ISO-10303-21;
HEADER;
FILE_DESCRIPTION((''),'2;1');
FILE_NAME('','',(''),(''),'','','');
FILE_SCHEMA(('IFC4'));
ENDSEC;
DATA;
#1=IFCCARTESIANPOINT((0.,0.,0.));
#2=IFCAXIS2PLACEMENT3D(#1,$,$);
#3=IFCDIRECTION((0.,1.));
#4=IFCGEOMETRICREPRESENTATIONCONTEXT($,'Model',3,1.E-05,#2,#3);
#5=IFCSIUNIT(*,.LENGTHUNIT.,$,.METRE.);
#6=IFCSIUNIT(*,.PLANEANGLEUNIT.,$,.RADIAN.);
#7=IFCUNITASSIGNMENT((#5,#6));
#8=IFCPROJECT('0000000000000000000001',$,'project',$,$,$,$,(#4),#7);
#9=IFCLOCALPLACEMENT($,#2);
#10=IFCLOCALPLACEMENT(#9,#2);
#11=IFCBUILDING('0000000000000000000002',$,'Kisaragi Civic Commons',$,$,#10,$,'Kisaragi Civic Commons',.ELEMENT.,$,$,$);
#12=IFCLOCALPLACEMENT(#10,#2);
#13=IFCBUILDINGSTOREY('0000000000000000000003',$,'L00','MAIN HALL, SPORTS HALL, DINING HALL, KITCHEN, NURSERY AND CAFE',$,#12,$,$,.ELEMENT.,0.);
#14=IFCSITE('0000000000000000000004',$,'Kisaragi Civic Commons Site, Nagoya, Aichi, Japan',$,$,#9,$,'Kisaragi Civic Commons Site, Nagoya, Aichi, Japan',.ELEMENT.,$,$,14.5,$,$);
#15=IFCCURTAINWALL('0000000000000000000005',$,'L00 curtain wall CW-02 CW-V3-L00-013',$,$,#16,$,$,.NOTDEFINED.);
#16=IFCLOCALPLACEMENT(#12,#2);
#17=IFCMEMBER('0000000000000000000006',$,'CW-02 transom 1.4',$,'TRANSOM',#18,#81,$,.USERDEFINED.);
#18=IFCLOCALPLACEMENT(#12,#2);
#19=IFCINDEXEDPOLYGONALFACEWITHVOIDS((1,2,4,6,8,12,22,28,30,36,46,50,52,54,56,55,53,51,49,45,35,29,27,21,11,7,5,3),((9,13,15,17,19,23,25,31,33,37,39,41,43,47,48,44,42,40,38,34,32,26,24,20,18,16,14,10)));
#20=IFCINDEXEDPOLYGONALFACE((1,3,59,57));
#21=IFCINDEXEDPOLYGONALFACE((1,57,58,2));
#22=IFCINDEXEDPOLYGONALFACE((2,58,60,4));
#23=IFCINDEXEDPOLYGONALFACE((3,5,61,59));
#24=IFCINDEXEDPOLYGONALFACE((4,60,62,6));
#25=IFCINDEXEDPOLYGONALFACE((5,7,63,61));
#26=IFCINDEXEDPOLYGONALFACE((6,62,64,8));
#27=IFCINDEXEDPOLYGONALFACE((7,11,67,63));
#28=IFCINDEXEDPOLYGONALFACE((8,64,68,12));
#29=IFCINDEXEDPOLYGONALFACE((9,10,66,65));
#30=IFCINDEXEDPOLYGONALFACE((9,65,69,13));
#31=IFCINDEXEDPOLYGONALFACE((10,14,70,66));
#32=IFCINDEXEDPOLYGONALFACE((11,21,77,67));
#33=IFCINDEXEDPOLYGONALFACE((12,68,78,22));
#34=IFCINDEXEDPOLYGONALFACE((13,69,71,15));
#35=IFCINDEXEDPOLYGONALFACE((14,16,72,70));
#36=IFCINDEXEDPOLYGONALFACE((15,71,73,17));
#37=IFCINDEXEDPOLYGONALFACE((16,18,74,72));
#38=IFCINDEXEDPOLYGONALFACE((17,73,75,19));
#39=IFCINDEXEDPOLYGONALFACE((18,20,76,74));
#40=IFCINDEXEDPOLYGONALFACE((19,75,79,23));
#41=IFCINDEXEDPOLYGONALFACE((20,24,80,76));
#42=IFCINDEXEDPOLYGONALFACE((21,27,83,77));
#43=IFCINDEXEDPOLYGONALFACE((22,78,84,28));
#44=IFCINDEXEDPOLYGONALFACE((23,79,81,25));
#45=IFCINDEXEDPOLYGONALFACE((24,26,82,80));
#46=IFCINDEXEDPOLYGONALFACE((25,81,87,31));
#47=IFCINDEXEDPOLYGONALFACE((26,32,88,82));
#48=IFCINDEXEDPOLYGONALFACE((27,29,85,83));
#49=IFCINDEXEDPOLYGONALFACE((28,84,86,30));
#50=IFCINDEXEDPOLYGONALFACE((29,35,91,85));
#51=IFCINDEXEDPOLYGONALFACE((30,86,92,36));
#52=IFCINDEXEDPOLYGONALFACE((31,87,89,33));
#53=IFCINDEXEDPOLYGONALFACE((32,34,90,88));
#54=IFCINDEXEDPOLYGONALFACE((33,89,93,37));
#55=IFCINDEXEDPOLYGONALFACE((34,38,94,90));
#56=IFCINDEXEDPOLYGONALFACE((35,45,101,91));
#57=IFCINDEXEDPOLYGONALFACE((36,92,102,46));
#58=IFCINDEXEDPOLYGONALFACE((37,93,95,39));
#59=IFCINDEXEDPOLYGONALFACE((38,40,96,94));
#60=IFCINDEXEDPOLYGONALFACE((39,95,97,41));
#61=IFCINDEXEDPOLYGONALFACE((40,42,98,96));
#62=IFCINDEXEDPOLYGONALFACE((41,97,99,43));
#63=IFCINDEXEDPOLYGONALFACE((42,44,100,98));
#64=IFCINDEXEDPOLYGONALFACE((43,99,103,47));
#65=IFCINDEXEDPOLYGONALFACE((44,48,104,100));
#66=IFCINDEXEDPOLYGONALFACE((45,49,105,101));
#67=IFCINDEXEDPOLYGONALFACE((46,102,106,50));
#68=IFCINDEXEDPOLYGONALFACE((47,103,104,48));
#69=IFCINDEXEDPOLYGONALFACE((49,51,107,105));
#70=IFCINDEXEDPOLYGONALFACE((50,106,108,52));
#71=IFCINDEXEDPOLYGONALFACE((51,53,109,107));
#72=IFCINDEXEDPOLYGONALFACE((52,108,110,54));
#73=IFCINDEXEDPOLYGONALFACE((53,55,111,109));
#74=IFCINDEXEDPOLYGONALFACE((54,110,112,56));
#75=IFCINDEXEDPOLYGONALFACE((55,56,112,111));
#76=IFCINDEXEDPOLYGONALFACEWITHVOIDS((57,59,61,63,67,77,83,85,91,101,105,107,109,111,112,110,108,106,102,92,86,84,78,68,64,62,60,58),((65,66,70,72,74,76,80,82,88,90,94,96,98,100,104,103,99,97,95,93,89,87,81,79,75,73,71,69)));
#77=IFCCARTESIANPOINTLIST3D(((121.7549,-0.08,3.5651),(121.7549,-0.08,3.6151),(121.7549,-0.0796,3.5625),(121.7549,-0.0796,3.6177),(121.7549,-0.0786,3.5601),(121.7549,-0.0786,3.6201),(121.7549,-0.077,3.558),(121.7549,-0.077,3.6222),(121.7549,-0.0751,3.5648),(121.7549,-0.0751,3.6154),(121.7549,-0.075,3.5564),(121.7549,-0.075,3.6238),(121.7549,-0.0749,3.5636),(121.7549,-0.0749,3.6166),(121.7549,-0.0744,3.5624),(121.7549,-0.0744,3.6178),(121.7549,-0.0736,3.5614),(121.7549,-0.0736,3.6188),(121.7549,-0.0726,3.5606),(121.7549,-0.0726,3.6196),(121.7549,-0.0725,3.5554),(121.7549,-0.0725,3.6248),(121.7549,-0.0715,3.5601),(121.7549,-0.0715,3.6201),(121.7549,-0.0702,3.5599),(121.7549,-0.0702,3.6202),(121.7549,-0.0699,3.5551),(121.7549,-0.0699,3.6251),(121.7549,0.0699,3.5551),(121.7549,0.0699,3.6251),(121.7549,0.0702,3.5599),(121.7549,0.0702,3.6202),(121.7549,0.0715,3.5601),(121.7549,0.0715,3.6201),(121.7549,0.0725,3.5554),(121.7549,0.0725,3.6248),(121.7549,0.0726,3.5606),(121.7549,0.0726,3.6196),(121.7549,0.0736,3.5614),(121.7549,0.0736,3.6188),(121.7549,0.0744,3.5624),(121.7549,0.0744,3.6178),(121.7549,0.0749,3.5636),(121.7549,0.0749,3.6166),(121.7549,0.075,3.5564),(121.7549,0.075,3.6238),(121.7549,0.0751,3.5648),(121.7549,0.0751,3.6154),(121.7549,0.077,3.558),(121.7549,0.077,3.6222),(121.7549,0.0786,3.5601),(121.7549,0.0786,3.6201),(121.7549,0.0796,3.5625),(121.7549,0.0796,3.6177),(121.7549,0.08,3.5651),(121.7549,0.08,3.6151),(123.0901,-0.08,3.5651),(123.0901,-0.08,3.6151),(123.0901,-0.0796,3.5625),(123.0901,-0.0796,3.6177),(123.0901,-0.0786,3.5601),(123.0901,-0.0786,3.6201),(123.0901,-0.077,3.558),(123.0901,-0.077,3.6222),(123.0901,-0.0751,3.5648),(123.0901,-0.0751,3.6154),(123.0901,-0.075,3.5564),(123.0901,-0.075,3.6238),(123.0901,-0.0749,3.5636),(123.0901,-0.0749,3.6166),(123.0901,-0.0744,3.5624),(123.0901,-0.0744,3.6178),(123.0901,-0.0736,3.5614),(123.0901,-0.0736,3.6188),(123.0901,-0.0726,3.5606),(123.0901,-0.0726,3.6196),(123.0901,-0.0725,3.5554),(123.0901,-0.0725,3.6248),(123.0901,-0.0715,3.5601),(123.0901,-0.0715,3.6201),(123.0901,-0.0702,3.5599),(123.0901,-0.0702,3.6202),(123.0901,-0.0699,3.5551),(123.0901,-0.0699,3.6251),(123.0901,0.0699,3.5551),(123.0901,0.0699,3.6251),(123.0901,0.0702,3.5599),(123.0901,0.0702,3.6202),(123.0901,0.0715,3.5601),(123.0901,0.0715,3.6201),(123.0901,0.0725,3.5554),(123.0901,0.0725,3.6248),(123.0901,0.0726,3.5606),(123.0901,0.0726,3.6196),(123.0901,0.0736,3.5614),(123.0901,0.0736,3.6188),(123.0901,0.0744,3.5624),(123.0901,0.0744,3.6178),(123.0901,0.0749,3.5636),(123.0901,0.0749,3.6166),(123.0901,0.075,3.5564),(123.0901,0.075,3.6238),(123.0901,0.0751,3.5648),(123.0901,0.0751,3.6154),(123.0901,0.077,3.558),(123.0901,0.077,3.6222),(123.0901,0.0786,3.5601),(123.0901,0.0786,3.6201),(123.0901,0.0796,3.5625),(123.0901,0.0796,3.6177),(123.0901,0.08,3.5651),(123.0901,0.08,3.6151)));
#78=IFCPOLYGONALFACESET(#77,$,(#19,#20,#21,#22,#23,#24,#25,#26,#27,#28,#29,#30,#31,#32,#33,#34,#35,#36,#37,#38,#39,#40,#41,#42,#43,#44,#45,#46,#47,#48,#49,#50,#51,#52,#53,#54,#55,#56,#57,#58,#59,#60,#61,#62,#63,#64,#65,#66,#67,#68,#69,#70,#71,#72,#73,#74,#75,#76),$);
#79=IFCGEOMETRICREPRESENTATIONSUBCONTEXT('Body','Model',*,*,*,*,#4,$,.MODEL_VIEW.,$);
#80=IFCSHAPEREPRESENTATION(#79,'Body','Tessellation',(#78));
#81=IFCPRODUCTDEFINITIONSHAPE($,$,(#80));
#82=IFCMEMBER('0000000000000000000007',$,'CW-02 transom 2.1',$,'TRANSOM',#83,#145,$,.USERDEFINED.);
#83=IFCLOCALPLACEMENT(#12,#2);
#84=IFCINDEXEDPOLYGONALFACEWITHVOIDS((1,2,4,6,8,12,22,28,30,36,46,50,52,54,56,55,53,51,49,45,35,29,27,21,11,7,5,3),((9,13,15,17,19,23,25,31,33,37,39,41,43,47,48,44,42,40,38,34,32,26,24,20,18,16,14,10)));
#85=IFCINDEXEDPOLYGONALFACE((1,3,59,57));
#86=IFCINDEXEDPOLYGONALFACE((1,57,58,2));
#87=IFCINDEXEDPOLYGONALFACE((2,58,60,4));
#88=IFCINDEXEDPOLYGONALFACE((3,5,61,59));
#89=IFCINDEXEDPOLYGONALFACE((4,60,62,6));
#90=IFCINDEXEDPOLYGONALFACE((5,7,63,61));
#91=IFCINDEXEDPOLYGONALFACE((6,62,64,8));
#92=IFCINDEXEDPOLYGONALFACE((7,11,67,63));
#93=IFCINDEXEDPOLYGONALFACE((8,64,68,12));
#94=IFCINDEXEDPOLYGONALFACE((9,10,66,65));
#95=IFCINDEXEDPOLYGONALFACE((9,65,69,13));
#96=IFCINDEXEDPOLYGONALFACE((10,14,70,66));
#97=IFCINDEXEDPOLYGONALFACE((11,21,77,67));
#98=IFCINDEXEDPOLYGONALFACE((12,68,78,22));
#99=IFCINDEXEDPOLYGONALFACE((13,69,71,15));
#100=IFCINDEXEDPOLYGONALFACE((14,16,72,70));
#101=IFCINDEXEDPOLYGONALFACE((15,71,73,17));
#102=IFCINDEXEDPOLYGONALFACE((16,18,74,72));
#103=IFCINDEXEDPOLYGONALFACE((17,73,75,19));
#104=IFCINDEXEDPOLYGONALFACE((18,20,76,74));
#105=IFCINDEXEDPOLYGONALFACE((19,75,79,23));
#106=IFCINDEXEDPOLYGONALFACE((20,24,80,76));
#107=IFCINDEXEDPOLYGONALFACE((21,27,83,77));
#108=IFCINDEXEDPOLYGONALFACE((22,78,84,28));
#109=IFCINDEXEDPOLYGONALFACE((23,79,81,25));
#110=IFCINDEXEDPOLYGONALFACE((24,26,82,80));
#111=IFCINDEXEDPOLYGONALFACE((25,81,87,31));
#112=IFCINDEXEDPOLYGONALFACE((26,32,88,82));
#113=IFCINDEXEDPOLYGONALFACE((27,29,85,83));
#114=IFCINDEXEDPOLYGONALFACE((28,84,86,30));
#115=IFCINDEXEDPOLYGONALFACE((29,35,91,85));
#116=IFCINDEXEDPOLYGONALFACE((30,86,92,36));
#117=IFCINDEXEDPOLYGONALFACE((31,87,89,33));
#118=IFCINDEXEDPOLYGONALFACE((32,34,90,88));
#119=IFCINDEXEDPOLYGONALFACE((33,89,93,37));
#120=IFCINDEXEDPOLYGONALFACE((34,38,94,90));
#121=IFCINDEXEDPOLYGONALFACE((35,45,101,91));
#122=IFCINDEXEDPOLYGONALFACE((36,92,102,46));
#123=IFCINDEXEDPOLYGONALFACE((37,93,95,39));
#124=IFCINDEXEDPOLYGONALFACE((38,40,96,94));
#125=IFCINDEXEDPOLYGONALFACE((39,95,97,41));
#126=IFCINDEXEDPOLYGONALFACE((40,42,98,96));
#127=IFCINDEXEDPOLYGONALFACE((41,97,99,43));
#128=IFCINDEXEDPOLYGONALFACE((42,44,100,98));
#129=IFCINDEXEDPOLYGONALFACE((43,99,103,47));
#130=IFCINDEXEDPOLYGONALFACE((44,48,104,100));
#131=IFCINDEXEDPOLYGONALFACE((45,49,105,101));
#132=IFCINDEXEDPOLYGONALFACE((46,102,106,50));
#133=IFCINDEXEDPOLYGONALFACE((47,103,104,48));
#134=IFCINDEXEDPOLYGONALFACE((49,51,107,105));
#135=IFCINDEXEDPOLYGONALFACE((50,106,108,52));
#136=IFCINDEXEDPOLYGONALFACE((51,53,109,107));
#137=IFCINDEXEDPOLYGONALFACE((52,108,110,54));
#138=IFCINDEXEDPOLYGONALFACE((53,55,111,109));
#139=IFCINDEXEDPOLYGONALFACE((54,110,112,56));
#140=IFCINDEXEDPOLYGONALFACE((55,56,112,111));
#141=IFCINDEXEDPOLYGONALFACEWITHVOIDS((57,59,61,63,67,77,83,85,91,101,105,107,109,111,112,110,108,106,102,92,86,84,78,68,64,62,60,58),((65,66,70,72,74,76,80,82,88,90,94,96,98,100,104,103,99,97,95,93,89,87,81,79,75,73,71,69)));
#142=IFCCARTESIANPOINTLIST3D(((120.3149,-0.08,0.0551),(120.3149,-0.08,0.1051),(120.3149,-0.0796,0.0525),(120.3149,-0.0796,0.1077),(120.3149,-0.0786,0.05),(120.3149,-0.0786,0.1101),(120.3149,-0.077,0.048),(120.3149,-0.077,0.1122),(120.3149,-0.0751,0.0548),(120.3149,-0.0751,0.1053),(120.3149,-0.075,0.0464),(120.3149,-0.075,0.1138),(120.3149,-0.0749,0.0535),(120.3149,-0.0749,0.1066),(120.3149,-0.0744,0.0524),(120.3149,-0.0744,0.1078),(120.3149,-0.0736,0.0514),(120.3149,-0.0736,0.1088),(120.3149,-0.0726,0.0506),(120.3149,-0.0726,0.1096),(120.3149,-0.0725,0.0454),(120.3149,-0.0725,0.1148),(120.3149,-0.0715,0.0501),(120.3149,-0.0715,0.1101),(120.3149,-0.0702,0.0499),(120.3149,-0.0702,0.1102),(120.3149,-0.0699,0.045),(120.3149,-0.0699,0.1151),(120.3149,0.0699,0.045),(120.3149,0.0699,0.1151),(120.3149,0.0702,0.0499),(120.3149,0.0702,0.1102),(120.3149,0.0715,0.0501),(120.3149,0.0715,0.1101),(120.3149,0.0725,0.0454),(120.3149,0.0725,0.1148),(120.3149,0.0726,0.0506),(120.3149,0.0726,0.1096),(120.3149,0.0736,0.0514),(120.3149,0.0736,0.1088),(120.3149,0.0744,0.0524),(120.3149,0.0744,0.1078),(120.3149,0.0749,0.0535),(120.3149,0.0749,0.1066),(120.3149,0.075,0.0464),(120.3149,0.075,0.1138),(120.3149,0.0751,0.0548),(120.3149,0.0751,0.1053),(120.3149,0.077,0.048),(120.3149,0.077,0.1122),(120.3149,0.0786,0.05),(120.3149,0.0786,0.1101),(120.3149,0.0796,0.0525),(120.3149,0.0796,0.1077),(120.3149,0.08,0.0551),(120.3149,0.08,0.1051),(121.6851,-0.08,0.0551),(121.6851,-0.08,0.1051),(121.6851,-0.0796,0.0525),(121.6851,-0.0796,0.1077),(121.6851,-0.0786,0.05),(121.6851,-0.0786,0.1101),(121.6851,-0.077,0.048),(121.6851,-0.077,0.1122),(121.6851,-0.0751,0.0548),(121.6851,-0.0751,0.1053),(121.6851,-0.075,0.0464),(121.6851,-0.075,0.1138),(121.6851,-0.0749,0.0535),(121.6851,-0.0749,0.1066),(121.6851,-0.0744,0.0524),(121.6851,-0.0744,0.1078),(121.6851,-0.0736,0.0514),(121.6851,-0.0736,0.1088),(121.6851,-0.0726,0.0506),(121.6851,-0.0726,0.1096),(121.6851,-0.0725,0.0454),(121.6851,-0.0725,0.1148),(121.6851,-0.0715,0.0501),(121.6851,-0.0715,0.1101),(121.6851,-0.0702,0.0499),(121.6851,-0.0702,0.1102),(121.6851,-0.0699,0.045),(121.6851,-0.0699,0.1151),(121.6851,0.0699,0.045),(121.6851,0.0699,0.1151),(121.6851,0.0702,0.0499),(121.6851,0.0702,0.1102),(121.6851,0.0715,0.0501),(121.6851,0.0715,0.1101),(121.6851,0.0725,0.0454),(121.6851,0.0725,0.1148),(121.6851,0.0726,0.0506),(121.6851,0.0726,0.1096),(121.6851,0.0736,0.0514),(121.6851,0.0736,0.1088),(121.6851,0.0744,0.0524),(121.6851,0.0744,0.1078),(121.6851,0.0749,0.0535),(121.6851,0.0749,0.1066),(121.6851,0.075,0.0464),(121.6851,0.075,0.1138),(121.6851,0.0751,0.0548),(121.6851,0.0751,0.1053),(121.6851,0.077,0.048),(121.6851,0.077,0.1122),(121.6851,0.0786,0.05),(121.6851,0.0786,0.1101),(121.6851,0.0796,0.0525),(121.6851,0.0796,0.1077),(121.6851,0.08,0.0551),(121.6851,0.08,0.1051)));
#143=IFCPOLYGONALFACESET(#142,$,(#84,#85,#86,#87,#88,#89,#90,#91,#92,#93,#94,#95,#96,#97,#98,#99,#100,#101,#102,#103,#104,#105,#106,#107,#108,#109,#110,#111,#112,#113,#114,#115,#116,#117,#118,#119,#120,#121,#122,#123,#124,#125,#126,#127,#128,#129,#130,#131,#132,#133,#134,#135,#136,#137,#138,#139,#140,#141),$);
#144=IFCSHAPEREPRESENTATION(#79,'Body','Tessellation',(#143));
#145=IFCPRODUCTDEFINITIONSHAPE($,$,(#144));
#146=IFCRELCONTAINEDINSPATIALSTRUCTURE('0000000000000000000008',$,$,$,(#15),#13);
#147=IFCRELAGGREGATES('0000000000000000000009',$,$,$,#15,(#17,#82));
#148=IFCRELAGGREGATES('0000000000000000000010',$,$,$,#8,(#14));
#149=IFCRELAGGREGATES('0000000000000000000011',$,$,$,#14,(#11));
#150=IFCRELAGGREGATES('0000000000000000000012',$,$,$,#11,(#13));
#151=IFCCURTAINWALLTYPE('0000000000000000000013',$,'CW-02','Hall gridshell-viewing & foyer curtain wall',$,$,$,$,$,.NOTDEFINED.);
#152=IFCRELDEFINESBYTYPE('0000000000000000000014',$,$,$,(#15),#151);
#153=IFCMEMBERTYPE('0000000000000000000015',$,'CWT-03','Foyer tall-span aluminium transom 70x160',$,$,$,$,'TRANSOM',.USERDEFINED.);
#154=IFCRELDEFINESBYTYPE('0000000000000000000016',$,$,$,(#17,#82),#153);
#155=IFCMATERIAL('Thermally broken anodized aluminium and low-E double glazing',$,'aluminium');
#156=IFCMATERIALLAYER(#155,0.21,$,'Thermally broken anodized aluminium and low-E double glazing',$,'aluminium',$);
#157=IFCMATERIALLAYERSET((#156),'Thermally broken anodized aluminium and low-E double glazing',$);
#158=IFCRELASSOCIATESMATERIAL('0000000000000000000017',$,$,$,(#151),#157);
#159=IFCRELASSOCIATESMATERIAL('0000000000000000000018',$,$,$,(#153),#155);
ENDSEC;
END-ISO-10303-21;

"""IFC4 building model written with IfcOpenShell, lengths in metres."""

from ifc_helpers import new_model, si_unit, direction, frame, origin, origin_2d, place, context, subcontext, project, spatial, hollow_rectangle, extrude, material, layer, layer_set, material_profile, profile_set, type_object, element, aggregate, save


model = new_model("IFC4")

# Units and contexts
model_context = context("Model", 3, precision=1e-05, world=origin(), true_north=direction((0.0, 1.0)))
body_context = subcontext(model_context, "Body", "Model", "MODEL_VIEW")
ifc_project = project(units=[si_unit("LENGTHUNIT", "METRE"), si_unit("PLANEANGLEUNIT", "RADIAN")], contexts=[model_context])

# Site, building, storey
site_placement = place(None, origin())
site = spatial("IfcSite", under=ifc_project, at=site_placement, Name="Kisaragi Civic Commons Site, Nagoya, Aichi, Japan", LongName="Kisaragi Civic Commons Site, Nagoya, Aichi, Japan", CompositionType="ELEMENT", RefElevation=14.5)
building_placement = place(site_placement, origin())
building = spatial("IfcBuilding", under=site, at=building_placement, Name="Kisaragi Civic Commons", LongName="Kisaragi Civic Commons", CompositionType="ELEMENT")
storey_placement = place(building_placement, origin())
storey = spatial("IfcBuildingStorey", under=building, at=storey_placement, Name="L00", Description="MAIN HALL, SPORTS HALL, DINING HALL, KITCHEN, NURSERY AND CAFE", CompositionType="ELEMENT", Elevation=0.0)

# Curtain wall, members
ifc_material_1 = material(Name="Thermally broken anodized aluminium and low-E double glazing", Category="aluminium")
ifc_layer_1 = layer(ifc_material_1, 0.21, Name="Thermally broken anodized aluminium and low-E double glazing", Category="aluminium")
ifc_layer_set_1 = layer_set([ifc_layer_1], Name="Thermally broken anodized aluminium and low-E double glazing")
curtain_wall_type = type_object("IfcCurtainWallType", Name="CW-02", Description="Hall gridshell-viewing & foyer curtain wall", PredefinedType="NOTDEFINED", material=ifc_layer_set_1)
curtain_wall_placement = place(storey_placement, origin())
curtain_wall = element("IfcCurtainWall", 1, at=curtain_wall_placement, inside=storey, type_object=curtain_wall_type, Name="L00 curtain wall CW-02 CW-V3-L00-013", PredefinedType="NOTDEFINED")
ifc_material_profile_1 = material_profile(ifc_material_1, hollow_rectangle(XDim=0.1599, YDim=0.0701, WallThickness=0.0049, InnerFilletRadius=0.0049, OuterFilletRadius=0.01, at=origin_2d()), Name="CWT-70x160x5", Category="aluminium")
ifc_profile_set_1 = profile_set([ifc_material_profile_1], Name="Thermally broken anodized aluminium and low-E double glazing")
member_type_1 = type_object("IfcMemberType", Name="CWT-03", Description="Foyer tall-span aluminium transom 70x160", ElementType="TRANSOM", PredefinedType="USERDEFINED", material=ifc_profile_set_1)
member_1_placement = place(storey_placement, frame((123.0901, 0.0, 3.5901), z_axis=(-1.0, 0.0, 0.0), x_axis=(0.0, -1.0, 0.0)))
member_1 = element("IfcMember", 2, at=member_1_placement, type_object=member_type_1, Name="CW-02 transom 1.4", ObjectType="TRANSOM", PredefinedType="USERDEFINED", context=body_context, shape_type="SweptSolid", body=[
    extrude(hollow_rectangle(XDim=0.1599, YDim=0.0701, WallThickness=0.0049, InnerFilletRadius=0.0049, OuterFilletRadius=0.01, at=origin_2d()), origin(), (0.0, 0.0, 1.0), 1.3352),
])
member_2_placement = place(storey_placement, frame((121.6851, 0.0, 0.0801), z_axis=(-1.0, 0.0, 0.0), x_axis=(0.0, -1.0, 0.0)))
member_2 = element("IfcMember", 3, at=member_2_placement, type_object=member_type_1, Name="CW-02 transom 2.1", ObjectType="TRANSOM", PredefinedType="USERDEFINED", context=body_context, shape_type="SweptSolid", body=[
    extrude(hollow_rectangle(XDim=0.1599, YDim=0.0701, WallThickness=0.0049, InnerFilletRadius=0.0049, OuterFilletRadius=0.01, at=origin_2d()), origin(), (0.0, 0.0, 1.0), 1.3701),
])

aggregate(curtain_wall, [member_1, member_2])

save(model, "model.ifc")
